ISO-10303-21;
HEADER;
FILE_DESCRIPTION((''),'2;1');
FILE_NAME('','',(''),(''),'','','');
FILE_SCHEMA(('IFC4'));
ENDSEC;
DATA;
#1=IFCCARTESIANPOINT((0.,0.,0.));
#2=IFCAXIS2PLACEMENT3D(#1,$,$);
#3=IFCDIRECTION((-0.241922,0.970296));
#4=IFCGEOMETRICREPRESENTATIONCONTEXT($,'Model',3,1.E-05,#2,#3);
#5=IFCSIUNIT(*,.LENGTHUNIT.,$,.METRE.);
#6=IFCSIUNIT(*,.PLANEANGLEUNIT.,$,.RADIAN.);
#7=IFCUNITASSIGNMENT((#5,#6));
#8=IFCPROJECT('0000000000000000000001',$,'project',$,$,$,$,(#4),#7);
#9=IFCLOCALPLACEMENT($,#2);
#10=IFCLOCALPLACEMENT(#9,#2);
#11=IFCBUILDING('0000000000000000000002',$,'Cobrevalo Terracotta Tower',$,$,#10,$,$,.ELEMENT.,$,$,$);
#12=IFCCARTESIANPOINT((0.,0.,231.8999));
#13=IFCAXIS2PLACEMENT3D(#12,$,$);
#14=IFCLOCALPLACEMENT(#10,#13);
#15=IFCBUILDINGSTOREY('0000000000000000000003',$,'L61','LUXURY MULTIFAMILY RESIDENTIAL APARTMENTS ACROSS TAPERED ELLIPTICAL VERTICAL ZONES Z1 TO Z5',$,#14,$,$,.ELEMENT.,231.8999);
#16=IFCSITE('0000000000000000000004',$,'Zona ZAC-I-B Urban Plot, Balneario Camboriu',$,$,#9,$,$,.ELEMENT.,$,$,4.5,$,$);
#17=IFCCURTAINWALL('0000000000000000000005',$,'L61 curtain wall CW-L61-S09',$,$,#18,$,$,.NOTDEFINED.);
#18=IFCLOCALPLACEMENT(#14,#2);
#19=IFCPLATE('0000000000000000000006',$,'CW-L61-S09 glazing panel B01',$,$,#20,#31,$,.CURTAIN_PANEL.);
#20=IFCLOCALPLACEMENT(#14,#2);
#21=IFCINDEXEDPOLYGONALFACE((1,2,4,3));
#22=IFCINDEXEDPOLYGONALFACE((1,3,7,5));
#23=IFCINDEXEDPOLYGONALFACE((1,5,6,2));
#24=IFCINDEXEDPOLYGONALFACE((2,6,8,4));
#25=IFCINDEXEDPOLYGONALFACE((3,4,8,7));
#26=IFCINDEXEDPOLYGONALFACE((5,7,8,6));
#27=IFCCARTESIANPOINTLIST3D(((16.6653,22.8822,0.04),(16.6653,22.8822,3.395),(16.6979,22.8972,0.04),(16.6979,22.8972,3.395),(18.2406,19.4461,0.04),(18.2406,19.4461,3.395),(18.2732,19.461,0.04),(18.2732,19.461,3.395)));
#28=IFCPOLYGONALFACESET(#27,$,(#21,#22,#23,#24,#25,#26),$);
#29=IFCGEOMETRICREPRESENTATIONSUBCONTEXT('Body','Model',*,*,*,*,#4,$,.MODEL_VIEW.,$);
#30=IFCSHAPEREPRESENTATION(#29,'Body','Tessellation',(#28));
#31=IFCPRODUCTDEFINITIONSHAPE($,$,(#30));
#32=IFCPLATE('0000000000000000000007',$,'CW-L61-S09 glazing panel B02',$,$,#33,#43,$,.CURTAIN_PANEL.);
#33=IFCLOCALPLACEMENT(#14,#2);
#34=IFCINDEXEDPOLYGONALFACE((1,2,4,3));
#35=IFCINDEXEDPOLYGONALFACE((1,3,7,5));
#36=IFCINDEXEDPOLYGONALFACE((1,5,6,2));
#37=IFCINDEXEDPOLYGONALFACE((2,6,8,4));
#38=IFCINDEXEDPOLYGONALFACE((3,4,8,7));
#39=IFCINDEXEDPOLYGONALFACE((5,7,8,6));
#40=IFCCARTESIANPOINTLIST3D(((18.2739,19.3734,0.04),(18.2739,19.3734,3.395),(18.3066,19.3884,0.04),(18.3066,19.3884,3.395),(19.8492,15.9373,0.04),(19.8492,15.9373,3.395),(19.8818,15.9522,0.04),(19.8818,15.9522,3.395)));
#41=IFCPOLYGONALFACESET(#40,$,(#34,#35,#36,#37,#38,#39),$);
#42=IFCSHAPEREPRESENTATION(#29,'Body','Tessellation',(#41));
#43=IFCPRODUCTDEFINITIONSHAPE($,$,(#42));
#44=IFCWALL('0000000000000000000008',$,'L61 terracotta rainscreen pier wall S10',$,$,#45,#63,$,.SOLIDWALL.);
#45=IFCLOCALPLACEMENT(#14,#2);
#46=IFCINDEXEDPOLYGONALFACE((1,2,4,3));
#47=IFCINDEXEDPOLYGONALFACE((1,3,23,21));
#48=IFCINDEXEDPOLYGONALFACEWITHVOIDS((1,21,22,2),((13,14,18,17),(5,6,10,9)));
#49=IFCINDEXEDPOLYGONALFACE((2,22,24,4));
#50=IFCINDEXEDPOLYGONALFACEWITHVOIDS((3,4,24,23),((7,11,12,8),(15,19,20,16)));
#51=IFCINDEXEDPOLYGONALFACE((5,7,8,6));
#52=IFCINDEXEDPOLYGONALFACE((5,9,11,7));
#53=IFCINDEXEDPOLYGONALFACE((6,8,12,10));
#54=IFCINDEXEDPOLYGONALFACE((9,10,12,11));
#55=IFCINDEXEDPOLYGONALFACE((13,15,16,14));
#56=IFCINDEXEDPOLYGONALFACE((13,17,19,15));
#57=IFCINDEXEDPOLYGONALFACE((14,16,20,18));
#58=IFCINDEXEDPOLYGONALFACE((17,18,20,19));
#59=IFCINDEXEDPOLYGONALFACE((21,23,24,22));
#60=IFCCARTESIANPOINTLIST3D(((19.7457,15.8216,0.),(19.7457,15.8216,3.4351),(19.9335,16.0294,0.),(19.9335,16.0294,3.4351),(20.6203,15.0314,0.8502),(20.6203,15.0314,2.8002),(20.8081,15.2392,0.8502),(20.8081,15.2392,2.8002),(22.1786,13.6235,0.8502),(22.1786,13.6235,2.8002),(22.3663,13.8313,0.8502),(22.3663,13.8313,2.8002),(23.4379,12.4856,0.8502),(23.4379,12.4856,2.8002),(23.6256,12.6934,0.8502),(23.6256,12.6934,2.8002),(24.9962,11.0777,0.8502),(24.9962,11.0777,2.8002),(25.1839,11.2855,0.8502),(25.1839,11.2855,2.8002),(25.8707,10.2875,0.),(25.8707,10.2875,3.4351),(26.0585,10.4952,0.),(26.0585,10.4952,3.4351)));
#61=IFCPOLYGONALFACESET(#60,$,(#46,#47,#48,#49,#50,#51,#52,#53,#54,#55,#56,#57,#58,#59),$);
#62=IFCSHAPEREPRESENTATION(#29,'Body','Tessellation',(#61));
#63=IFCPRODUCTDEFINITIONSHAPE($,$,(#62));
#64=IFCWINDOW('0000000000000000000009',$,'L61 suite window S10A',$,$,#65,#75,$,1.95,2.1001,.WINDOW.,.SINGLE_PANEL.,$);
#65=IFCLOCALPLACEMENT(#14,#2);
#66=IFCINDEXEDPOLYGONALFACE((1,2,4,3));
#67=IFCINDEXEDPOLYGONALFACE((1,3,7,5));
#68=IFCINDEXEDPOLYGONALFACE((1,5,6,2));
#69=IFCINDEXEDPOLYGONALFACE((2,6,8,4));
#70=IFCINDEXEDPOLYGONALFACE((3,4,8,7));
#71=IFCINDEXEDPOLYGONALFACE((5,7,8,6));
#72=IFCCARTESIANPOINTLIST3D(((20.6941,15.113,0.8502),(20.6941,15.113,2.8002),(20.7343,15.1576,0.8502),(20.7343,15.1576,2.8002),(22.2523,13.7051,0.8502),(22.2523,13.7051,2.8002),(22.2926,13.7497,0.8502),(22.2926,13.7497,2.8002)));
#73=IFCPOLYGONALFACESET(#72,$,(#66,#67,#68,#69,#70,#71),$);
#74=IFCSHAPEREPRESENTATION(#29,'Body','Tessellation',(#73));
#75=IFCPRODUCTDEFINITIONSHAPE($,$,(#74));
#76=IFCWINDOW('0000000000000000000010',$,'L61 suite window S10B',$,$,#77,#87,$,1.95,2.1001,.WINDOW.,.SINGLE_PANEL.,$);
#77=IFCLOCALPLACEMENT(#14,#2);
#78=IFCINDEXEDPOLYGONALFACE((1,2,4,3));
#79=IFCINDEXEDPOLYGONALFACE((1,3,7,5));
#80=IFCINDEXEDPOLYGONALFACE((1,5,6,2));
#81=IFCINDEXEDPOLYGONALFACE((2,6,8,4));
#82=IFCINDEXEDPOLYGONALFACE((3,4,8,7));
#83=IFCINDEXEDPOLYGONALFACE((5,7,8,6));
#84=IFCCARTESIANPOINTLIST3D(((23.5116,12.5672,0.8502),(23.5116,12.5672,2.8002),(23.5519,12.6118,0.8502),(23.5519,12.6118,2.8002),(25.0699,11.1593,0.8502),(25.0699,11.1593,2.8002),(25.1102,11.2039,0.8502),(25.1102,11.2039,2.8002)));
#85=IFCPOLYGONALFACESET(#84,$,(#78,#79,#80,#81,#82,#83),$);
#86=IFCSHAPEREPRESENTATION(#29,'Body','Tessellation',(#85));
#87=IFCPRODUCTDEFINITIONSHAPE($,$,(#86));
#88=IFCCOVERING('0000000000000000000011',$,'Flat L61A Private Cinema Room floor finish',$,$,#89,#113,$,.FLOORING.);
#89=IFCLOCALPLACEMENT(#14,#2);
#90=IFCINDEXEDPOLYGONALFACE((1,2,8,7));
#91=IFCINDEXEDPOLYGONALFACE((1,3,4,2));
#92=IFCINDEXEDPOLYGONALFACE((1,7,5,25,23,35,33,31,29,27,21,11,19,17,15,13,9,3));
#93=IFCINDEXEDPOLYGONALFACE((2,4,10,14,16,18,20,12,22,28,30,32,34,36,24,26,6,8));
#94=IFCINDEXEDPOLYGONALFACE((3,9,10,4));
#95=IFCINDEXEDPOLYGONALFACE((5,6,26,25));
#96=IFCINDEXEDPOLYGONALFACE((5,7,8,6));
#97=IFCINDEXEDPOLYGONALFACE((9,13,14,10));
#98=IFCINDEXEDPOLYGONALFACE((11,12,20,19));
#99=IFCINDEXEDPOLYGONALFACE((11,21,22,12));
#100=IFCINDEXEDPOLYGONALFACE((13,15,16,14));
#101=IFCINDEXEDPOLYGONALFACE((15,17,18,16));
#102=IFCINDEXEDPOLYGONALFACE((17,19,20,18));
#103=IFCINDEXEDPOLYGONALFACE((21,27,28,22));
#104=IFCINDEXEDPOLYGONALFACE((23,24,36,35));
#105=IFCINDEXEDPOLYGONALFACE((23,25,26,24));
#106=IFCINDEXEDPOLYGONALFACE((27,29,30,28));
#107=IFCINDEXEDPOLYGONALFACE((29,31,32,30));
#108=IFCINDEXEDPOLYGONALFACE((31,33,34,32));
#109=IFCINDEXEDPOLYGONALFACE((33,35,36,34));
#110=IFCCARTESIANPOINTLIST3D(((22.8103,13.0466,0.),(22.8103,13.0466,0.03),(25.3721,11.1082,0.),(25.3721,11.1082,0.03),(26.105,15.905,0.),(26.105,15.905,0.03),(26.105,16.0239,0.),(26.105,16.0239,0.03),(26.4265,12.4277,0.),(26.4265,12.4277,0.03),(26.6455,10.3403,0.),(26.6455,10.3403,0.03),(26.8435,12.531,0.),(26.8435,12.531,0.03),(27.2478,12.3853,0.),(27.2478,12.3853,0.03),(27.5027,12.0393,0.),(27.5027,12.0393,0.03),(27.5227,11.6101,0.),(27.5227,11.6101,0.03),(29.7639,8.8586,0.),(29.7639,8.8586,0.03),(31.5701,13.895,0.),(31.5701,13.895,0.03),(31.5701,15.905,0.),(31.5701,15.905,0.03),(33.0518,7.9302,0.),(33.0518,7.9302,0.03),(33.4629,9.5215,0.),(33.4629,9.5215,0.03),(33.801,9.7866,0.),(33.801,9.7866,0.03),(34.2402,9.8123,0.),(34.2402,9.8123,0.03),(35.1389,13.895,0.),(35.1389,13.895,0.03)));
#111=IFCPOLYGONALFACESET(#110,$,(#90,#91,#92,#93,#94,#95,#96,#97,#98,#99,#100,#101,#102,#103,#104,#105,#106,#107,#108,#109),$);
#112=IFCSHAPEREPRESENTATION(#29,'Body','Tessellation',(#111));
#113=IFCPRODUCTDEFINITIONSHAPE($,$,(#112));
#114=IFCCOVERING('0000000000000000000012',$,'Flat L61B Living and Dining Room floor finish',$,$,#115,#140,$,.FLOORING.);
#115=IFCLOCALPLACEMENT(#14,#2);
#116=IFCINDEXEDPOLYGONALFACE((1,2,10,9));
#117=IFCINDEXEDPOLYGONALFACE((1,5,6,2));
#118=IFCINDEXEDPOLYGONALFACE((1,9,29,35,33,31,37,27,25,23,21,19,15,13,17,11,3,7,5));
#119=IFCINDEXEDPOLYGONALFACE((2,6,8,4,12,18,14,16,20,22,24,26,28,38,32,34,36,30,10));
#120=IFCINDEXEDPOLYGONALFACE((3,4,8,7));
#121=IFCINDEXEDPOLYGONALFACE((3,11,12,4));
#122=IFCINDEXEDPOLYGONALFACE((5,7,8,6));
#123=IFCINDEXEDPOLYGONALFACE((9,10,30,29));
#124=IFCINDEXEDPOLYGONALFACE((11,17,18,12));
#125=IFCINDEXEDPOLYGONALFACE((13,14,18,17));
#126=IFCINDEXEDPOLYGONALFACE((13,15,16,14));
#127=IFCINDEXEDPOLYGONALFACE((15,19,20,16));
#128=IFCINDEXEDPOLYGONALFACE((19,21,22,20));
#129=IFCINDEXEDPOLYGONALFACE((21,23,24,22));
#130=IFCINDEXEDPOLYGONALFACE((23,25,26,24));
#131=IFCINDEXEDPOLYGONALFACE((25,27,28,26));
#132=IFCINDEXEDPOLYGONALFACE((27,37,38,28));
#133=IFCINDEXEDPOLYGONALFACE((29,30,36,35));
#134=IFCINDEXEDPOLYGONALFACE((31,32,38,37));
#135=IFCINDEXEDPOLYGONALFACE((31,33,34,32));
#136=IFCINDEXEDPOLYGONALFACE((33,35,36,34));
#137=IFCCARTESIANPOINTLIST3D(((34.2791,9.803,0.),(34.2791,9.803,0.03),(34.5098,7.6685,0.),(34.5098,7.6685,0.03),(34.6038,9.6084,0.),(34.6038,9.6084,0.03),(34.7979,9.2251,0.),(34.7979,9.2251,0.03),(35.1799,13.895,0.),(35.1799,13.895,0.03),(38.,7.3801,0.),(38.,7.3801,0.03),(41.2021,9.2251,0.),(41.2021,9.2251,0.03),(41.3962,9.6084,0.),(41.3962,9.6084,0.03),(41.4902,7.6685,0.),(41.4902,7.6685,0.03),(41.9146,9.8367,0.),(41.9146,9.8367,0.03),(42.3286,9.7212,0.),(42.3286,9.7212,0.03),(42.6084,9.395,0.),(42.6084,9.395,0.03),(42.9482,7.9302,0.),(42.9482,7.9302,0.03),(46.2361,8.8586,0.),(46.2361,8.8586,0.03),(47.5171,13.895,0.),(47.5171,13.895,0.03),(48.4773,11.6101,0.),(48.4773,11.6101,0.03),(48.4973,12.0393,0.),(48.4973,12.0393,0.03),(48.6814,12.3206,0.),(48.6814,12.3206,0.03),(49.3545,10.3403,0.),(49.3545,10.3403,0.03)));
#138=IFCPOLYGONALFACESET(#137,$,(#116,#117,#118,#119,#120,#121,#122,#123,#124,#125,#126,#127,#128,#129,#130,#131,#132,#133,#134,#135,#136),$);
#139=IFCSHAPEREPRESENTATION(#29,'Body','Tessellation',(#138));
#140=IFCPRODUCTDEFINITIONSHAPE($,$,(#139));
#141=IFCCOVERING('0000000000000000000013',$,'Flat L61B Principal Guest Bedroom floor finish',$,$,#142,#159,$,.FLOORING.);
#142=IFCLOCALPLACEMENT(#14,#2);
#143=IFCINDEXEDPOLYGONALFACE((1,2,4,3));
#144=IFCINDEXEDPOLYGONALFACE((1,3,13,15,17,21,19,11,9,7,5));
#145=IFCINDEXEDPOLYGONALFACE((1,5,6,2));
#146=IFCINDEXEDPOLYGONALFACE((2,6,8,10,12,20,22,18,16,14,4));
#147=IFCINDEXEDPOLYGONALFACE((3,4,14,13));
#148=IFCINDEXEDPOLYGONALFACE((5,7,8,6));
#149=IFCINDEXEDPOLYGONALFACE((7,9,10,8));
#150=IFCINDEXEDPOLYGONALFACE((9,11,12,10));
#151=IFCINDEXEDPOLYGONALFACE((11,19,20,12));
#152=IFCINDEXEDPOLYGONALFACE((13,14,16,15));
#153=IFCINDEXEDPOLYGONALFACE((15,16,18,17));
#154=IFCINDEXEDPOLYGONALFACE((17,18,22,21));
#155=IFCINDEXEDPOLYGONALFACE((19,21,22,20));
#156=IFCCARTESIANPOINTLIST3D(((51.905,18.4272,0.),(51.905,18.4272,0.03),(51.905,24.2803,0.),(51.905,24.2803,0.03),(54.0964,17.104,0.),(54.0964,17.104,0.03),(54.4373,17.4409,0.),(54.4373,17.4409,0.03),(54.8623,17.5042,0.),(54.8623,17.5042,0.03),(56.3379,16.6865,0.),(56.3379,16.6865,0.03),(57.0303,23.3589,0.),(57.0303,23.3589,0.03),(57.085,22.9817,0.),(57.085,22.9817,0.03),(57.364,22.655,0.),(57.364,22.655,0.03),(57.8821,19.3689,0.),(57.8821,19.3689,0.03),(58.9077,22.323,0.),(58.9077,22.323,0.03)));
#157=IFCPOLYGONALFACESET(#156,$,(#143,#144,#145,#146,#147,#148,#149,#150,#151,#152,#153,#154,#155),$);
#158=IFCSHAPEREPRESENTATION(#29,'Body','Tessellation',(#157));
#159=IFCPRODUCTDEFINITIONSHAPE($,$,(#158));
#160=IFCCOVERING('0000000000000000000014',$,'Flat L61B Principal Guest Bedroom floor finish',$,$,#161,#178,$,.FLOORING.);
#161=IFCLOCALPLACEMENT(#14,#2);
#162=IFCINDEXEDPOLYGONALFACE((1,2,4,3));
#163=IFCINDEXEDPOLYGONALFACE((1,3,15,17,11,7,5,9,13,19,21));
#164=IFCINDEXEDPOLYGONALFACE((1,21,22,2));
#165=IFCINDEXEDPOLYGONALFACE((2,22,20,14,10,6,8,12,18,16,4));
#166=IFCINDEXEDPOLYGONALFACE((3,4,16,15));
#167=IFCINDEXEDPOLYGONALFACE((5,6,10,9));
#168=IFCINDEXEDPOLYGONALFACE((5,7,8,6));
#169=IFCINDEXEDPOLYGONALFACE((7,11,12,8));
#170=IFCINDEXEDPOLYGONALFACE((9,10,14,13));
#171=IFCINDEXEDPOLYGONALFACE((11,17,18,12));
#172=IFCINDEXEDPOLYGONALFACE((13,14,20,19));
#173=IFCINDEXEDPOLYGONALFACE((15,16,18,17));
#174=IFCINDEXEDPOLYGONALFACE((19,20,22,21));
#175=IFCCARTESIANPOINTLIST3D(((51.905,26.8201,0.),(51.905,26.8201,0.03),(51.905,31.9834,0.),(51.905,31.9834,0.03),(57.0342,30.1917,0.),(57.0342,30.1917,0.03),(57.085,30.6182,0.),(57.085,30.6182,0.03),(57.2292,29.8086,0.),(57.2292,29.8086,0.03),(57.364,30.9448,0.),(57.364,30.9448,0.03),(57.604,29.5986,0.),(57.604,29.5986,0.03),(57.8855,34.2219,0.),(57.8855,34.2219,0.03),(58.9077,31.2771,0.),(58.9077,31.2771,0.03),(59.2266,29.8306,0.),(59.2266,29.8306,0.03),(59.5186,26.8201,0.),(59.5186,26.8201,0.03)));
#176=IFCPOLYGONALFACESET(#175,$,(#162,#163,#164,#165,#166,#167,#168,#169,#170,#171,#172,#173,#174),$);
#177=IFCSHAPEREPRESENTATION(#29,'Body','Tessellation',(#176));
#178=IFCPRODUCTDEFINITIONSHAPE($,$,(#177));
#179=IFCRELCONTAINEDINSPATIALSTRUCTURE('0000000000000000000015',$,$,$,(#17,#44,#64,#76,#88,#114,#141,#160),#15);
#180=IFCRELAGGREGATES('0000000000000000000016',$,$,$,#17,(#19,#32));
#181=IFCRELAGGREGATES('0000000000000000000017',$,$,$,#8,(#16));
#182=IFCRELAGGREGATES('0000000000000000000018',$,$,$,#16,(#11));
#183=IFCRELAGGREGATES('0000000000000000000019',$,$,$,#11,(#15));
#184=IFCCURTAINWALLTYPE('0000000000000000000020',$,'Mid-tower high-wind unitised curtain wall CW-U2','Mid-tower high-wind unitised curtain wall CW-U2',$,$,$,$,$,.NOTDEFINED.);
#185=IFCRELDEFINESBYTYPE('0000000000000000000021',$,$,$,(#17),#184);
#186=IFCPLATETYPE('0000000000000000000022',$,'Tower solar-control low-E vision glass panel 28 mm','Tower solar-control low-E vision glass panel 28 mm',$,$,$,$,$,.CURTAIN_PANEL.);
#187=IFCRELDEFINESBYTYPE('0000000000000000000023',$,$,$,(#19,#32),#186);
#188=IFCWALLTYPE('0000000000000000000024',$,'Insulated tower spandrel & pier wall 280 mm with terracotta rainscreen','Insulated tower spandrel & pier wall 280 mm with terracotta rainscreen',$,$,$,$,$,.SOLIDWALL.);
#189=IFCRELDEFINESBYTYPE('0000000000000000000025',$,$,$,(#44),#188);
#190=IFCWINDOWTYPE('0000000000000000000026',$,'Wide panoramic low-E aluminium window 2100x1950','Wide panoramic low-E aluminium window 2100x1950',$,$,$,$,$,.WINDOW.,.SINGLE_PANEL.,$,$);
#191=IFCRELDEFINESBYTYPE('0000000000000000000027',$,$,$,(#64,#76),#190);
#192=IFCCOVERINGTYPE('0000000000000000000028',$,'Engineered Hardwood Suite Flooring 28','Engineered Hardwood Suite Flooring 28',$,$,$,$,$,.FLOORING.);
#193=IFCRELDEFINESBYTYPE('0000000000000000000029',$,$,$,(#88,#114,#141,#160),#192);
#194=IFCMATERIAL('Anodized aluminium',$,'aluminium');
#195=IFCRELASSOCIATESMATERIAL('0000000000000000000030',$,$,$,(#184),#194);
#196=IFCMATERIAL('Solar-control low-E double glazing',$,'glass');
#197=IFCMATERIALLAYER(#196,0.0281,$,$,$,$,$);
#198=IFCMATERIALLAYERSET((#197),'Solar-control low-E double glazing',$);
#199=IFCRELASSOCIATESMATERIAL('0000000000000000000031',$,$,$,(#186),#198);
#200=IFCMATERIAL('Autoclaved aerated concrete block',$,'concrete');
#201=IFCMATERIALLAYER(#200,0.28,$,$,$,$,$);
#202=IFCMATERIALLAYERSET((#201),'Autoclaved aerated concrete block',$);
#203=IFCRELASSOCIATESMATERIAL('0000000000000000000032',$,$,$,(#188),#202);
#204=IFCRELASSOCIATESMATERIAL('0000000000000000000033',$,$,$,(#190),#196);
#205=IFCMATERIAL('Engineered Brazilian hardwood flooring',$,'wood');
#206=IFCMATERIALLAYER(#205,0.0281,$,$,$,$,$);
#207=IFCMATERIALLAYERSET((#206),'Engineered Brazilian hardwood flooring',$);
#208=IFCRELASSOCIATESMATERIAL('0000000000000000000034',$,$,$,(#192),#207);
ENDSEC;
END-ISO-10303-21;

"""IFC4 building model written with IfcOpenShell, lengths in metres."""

from ifc_helpers import new_model, si_unit, direction, frame, frame_2d, origin, origin_2d, place, context, subcontext, project, spatial, polyline, rectangle, outline, extrude, source, transform, mapped, material, layer, layer_set, type_object, element, fill, aggregate, save


model = new_model("IFC4")

# Units and contexts
model_context = context("Model", 3, precision=1e-05, world=origin(), true_north=direction((-0.241922, 0.970296)))
body_context = subcontext(model_context, "Body", "Model", "MODEL_VIEW")
ifc_project = project(units=[si_unit("LENGTHUNIT", "METRE"), si_unit("PLANEANGLEUNIT", "RADIAN")], contexts=[model_context])

# Site, building, storey
site_placement = place(None, origin())
site = spatial("IfcSite", under=ifc_project, at=site_placement, Name="Zona ZAC-I-B Urban Plot, Balneario Camboriu", CompositionType="ELEMENT", RefElevation=4.5)
building_placement = place(site_placement, origin())
building = spatial("IfcBuilding", under=site, at=building_placement, Name="Cobrevalo Terracotta Tower", CompositionType="ELEMENT")
storey_placement = place(building_placement, frame((0.0, 0.0, 231.8999)))
storey = spatial("IfcBuildingStorey", under=building, at=storey_placement, Name="L61", Description="LUXURY MULTIFAMILY RESIDENTIAL APARTMENTS ACROSS TAPERED ELLIPTICAL VERTICAL ZONES Z1 TO Z5", CompositionType="ELEMENT", Elevation=231.8999)

# Curtain wall, plates
ifc_material_1 = material(Name="Anodized aluminium", Category="aluminium")
curtain_wall_type = type_object("IfcCurtainWallType", Name="Mid-tower high-wind unitised curtain wall CW-U2", Description="Mid-tower high-wind unitised curtain wall CW-U2", PredefinedType="NOTDEFINED", material=ifc_material_1)
curtain_wall_placement = place(storey_placement, origin())
curtain_wall = element("IfcCurtainWall", 1, at=curtain_wall_placement, inside=storey, type_object=curtain_wall_type, Name="L61 curtain wall CW-L61-S09", PredefinedType="NOTDEFINED")
ifc_material_2 = material(Name="Solar-control low-E double glazing", Category="glass")
ifc_layer_1 = layer(ifc_material_2, 0.0281)
ifc_layer_set_1 = layer_set([ifc_layer_1], Name="Solar-control low-E double glazing")
plate_type = type_object("IfcPlateType", Name="Tower solar-control low-E vision glass panel 28 mm", Description="Tower solar-control low-E vision glass panel 28 mm", PredefinedType="CURTAIN_PANEL", material=ifc_layer_set_1)
shared_shape_1 = source(origin(), body_context, "Body", "SweptSolid", [
    extrude(rectangle(XDim=3.78, YDim=0.0359, at=origin_2d()), origin(), (0.0, 0.0, 1.0), 3.355),
])
plate_1_placement = place(storey_placement, frame((17.4692, 21.1716, 0.04), z_axis=(0.0, 0.0, 1.0), x_axis=(0.416731, -0.90903, 0.0)))
plate_1 = element("IfcPlate", 2, at=plate_1_placement, type_object=plate_type, Name="CW-L61-S09 glazing panel B01", PredefinedType="CURTAIN_PANEL", context=body_context, shape_type="MappedRepresentation", body=[
    mapped(shared_shape_1, transform((0.0, 0.0, 0.0), scale=1.0)),
])
plate_2_placement = place(storey_placement, frame((19.0779, 17.6628, 0.04), z_axis=(0.0, 0.0, 1.0), x_axis=(0.416731, -0.90903, 0.0)))
plate_2 = element("IfcPlate", 3, at=plate_2_placement, type_object=plate_type, Name="CW-L61-S09 glazing panel B02", PredefinedType="CURTAIN_PANEL", context=body_context, shape_type="MappedRepresentation", body=[
    mapped(shared_shape_1, transform((0.0, 0.0, 0.0), scale=1.0)),
])
aggregate(curtain_wall, [plate_1, plate_2])

# Wall, openings, windows
ifc_material_3 = material(Name="Autoclaved aerated concrete block", Category="concrete")
ifc_layer_2 = layer(ifc_material_3, 0.28)
ifc_layer_set_2 = layer_set([ifc_layer_2], Name="Autoclaved aerated concrete block")
wall_type = type_object("IfcWallType", Name="Insulated tower spandrel & pier wall 280 mm with terracotta rainscreen", Description="Insulated tower spandrel & pier wall 280 mm with terracotta rainscreen", PredefinedType="SOLIDWALL", material=ifc_layer_set_2)
wall_placement = place(storey_placement, frame((19.8396, 15.9255, 0.0), z_axis=(0.0, 0.0, 1.0), x_axis=(0.741987, -0.670414, 0.0)))
wall = element("IfcWall", 4, at=wall_placement, inside=storey, type_object=wall_type, Name="L61 terracotta rainscreen pier wall S10", PredefinedType="SOLIDWALL", context=body_context, shape_type="SweptSolid", body=[
    extrude(rectangle(XDim=8.2549, YDim=0.28, at=frame_2d((4.1274, 0.0))), origin(), (0.0, 0.0, 1.0), 3.4351),
])
opening_1_placement = place(wall_placement, frame((1.1787, 0.0, 0.8501)))
opening_1 = element("IfcOpeningElement", 5, at=opening_1_placement, cuts=wall, PredefinedType="OPENING", context=body_context, shape_type="SweptSolid", body=[
    extrude(rectangle(XDim=2.1001, YDim=1.95, at=frame_2d((1.05, 0.9751))), frame((0.0, 0.1499, 0.0), z_axis=(0.0, -1.0, 0.0), x_axis=(1.0, 0.0, 0.0)), (0.0, 0.0, 1.0), 0.3),
])
opening_2_placement = place(wall_placement, frame((4.9761, 0.0, 0.8501)))
opening_2 = element("IfcOpeningElement", 6, at=opening_2_placement, cuts=wall, PredefinedType="OPENING", context=body_context, shape_type="SweptSolid", body=[
    extrude(rectangle(XDim=2.1001, YDim=1.95, at=frame_2d((1.05, 0.9751))), frame((0.0, 0.1499, 0.0), z_axis=(0.0, -1.0, 0.0), x_axis=(1.0, 0.0, 0.0)), (0.0, 0.0, 1.0), 0.3),
])
window_type = type_object("IfcWindowType", Name="Wide panoramic low-E aluminium window 2100x1950", Description="Wide panoramic low-E aluminium window 2100x1950", PartitioningType="SINGLE_PANEL", PredefinedType="WINDOW", material=ifc_material_2)
shared_shape_2 = source(origin(), body_context, "Body", "SweptSolid", [
    extrude(rectangle(XDim=2.1001, YDim=1.95, at=frame_2d((1.05, 0.9751))), frame((0.0, 0.03, 0.0), z_axis=(0.0, -1.0, 0.0), x_axis=(1.0, 0.0, 0.0)), (0.0, 0.0, 1.0), 0.0601),
])
window_1_placement = place(opening_1_placement, origin())
window_1 = element("IfcWindow", 7, at=window_1_placement, inside=storey, type_object=window_type, Name="L61 suite window S10A", OverallHeight=1.95, OverallWidth=2.1001, PartitioningType="SINGLE_PANEL", PredefinedType="WINDOW", context=body_context, shape_type="MappedRepresentation", body=[
    mapped(shared_shape_2, transform((0.0, 0.0, 0.0), scale=1.0)),
])
fill(opening_1, window_1)
window_2_placement = place(opening_2_placement, origin())
window_2 = element("IfcWindow", 8, at=window_2_placement, inside=storey, type_object=window_type, Name="L61 suite window S10B", OverallHeight=1.95, OverallWidth=2.1001, PartitioningType="SINGLE_PANEL", PredefinedType="WINDOW", context=body_context, shape_type="MappedRepresentation", body=[
    mapped(shared_shape_2, transform((0.0, 0.0, 0.0), scale=1.0)),
])
fill(opening_2, window_2)

# Coverings
ifc_material_4 = material(Name="Engineered Brazilian hardwood flooring", Category="wood")
ifc_layer_3 = layer(ifc_material_4, 0.0281)
ifc_layer_set_3 = layer_set([ifc_layer_3], Name="Engineered Brazilian hardwood flooring")
covering_type_1 = type_object("IfcCoveringType", Name="Engineered Hardwood Suite Flooring 28", Description="Engineered Hardwood Suite Flooring 28", PredefinedType="FLOORING", material=ifc_layer_set_3)
covering_1_placement = place(storey_placement, origin())
element("IfcCovering", 9, at=covering_1_placement, inside=storey, type_object=covering_type_1, Name="Flat L61A Private Cinema Room floor finish", PredefinedType="FLOORING", context=body_context, shape_type="SweptSolid", body=[
    extrude(outline(polyline([(26.6455, 10.3403), (27.5227, 11.6101), (27.5027, 12.0393), (27.2478, 12.3853), (26.8435, 12.531), (26.4265, 12.4277), (25.3721, 11.1082), (22.8103, 13.0466), (26.105, 16.0239), (26.105, 15.905), (31.5701, 15.905), (31.5701, 13.895), (35.1389, 13.895), (34.2402, 9.8123), (33.801, 9.7866), (33.4629, 9.5215), (33.0518, 7.9302), (29.7639, 8.8586), (26.6455, 10.3403)])), origin(), (0.0, 0.0, 1.0), 0.03),
])
covering_2_placement = place(storey_placement, origin())
element("IfcCovering", 10, at=covering_2_placement, inside=storey, type_object=covering_type_1, Name="Flat L61B Living and Dining Room floor finish", PredefinedType="FLOORING", context=body_context, shape_type="SweptSolid", body=[
    extrude(outline(polyline([(46.2361, 8.8586), (42.9482, 7.9302), (42.6084, 9.395), (42.3286, 9.7212), (41.9146, 9.8367), (41.3962, 9.6084), (41.2021, 9.2251), (41.4902, 7.6685), (38.0, 7.3801), (34.5098, 7.6685), (34.7979, 9.2251), (34.6038, 9.6084), (34.2791, 9.803), (35.1799, 13.895), (47.5171, 13.895), (48.6814, 12.3206), (48.4973, 12.0393), (48.4773, 11.6101), (49.3545, 10.3403), (46.2361, 8.8586)])), origin(), (0.0, 0.0, 1.0), 0.03),
])
covering_3_placement = place(storey_placement, origin())
element("IfcCovering", 11, at=covering_3_placement, inside=storey, type_object=covering_type_1, Name="Flat L61B Principal Guest Bedroom floor finish", PredefinedType="FLOORING", context=body_context, shape_type="SweptSolid", body=[
    extrude(outline(polyline([(56.3379, 16.6865), (54.8623, 17.5042), (54.4373, 17.4409), (54.0964, 17.104), (51.905, 18.4272), (51.905, 24.2803), (57.0303, 23.3589), (57.085, 22.9817), (57.364, 22.655), (58.9077, 22.323), (57.8821, 19.3689), (56.3379, 16.6865)])), origin(), (0.0, 0.0, 1.0), 0.03),
])
covering_4_placement = place(storey_placement, origin())
element("IfcCovering", 12, at=covering_4_placement, inside=storey, type_object=covering_type_1, Name="Flat L61B Principal Guest Bedroom floor finish", PredefinedType="FLOORING", context=body_context, shape_type="SweptSolid", body=[
    extrude(outline(polyline([(57.8855, 34.2219), (58.9077, 31.2771), (57.364, 30.9448), (57.085, 30.6182), (57.0342, 30.1917), (57.2292, 29.8086), (57.604, 29.5986), (59.2266, 29.8306), (59.5186, 26.8201), (51.905, 26.8201), (51.905, 31.9834), (57.8855, 34.2219)])), origin(), (0.0, 0.0, 1.0), 0.03),
])

save(model, "model.ifc")
